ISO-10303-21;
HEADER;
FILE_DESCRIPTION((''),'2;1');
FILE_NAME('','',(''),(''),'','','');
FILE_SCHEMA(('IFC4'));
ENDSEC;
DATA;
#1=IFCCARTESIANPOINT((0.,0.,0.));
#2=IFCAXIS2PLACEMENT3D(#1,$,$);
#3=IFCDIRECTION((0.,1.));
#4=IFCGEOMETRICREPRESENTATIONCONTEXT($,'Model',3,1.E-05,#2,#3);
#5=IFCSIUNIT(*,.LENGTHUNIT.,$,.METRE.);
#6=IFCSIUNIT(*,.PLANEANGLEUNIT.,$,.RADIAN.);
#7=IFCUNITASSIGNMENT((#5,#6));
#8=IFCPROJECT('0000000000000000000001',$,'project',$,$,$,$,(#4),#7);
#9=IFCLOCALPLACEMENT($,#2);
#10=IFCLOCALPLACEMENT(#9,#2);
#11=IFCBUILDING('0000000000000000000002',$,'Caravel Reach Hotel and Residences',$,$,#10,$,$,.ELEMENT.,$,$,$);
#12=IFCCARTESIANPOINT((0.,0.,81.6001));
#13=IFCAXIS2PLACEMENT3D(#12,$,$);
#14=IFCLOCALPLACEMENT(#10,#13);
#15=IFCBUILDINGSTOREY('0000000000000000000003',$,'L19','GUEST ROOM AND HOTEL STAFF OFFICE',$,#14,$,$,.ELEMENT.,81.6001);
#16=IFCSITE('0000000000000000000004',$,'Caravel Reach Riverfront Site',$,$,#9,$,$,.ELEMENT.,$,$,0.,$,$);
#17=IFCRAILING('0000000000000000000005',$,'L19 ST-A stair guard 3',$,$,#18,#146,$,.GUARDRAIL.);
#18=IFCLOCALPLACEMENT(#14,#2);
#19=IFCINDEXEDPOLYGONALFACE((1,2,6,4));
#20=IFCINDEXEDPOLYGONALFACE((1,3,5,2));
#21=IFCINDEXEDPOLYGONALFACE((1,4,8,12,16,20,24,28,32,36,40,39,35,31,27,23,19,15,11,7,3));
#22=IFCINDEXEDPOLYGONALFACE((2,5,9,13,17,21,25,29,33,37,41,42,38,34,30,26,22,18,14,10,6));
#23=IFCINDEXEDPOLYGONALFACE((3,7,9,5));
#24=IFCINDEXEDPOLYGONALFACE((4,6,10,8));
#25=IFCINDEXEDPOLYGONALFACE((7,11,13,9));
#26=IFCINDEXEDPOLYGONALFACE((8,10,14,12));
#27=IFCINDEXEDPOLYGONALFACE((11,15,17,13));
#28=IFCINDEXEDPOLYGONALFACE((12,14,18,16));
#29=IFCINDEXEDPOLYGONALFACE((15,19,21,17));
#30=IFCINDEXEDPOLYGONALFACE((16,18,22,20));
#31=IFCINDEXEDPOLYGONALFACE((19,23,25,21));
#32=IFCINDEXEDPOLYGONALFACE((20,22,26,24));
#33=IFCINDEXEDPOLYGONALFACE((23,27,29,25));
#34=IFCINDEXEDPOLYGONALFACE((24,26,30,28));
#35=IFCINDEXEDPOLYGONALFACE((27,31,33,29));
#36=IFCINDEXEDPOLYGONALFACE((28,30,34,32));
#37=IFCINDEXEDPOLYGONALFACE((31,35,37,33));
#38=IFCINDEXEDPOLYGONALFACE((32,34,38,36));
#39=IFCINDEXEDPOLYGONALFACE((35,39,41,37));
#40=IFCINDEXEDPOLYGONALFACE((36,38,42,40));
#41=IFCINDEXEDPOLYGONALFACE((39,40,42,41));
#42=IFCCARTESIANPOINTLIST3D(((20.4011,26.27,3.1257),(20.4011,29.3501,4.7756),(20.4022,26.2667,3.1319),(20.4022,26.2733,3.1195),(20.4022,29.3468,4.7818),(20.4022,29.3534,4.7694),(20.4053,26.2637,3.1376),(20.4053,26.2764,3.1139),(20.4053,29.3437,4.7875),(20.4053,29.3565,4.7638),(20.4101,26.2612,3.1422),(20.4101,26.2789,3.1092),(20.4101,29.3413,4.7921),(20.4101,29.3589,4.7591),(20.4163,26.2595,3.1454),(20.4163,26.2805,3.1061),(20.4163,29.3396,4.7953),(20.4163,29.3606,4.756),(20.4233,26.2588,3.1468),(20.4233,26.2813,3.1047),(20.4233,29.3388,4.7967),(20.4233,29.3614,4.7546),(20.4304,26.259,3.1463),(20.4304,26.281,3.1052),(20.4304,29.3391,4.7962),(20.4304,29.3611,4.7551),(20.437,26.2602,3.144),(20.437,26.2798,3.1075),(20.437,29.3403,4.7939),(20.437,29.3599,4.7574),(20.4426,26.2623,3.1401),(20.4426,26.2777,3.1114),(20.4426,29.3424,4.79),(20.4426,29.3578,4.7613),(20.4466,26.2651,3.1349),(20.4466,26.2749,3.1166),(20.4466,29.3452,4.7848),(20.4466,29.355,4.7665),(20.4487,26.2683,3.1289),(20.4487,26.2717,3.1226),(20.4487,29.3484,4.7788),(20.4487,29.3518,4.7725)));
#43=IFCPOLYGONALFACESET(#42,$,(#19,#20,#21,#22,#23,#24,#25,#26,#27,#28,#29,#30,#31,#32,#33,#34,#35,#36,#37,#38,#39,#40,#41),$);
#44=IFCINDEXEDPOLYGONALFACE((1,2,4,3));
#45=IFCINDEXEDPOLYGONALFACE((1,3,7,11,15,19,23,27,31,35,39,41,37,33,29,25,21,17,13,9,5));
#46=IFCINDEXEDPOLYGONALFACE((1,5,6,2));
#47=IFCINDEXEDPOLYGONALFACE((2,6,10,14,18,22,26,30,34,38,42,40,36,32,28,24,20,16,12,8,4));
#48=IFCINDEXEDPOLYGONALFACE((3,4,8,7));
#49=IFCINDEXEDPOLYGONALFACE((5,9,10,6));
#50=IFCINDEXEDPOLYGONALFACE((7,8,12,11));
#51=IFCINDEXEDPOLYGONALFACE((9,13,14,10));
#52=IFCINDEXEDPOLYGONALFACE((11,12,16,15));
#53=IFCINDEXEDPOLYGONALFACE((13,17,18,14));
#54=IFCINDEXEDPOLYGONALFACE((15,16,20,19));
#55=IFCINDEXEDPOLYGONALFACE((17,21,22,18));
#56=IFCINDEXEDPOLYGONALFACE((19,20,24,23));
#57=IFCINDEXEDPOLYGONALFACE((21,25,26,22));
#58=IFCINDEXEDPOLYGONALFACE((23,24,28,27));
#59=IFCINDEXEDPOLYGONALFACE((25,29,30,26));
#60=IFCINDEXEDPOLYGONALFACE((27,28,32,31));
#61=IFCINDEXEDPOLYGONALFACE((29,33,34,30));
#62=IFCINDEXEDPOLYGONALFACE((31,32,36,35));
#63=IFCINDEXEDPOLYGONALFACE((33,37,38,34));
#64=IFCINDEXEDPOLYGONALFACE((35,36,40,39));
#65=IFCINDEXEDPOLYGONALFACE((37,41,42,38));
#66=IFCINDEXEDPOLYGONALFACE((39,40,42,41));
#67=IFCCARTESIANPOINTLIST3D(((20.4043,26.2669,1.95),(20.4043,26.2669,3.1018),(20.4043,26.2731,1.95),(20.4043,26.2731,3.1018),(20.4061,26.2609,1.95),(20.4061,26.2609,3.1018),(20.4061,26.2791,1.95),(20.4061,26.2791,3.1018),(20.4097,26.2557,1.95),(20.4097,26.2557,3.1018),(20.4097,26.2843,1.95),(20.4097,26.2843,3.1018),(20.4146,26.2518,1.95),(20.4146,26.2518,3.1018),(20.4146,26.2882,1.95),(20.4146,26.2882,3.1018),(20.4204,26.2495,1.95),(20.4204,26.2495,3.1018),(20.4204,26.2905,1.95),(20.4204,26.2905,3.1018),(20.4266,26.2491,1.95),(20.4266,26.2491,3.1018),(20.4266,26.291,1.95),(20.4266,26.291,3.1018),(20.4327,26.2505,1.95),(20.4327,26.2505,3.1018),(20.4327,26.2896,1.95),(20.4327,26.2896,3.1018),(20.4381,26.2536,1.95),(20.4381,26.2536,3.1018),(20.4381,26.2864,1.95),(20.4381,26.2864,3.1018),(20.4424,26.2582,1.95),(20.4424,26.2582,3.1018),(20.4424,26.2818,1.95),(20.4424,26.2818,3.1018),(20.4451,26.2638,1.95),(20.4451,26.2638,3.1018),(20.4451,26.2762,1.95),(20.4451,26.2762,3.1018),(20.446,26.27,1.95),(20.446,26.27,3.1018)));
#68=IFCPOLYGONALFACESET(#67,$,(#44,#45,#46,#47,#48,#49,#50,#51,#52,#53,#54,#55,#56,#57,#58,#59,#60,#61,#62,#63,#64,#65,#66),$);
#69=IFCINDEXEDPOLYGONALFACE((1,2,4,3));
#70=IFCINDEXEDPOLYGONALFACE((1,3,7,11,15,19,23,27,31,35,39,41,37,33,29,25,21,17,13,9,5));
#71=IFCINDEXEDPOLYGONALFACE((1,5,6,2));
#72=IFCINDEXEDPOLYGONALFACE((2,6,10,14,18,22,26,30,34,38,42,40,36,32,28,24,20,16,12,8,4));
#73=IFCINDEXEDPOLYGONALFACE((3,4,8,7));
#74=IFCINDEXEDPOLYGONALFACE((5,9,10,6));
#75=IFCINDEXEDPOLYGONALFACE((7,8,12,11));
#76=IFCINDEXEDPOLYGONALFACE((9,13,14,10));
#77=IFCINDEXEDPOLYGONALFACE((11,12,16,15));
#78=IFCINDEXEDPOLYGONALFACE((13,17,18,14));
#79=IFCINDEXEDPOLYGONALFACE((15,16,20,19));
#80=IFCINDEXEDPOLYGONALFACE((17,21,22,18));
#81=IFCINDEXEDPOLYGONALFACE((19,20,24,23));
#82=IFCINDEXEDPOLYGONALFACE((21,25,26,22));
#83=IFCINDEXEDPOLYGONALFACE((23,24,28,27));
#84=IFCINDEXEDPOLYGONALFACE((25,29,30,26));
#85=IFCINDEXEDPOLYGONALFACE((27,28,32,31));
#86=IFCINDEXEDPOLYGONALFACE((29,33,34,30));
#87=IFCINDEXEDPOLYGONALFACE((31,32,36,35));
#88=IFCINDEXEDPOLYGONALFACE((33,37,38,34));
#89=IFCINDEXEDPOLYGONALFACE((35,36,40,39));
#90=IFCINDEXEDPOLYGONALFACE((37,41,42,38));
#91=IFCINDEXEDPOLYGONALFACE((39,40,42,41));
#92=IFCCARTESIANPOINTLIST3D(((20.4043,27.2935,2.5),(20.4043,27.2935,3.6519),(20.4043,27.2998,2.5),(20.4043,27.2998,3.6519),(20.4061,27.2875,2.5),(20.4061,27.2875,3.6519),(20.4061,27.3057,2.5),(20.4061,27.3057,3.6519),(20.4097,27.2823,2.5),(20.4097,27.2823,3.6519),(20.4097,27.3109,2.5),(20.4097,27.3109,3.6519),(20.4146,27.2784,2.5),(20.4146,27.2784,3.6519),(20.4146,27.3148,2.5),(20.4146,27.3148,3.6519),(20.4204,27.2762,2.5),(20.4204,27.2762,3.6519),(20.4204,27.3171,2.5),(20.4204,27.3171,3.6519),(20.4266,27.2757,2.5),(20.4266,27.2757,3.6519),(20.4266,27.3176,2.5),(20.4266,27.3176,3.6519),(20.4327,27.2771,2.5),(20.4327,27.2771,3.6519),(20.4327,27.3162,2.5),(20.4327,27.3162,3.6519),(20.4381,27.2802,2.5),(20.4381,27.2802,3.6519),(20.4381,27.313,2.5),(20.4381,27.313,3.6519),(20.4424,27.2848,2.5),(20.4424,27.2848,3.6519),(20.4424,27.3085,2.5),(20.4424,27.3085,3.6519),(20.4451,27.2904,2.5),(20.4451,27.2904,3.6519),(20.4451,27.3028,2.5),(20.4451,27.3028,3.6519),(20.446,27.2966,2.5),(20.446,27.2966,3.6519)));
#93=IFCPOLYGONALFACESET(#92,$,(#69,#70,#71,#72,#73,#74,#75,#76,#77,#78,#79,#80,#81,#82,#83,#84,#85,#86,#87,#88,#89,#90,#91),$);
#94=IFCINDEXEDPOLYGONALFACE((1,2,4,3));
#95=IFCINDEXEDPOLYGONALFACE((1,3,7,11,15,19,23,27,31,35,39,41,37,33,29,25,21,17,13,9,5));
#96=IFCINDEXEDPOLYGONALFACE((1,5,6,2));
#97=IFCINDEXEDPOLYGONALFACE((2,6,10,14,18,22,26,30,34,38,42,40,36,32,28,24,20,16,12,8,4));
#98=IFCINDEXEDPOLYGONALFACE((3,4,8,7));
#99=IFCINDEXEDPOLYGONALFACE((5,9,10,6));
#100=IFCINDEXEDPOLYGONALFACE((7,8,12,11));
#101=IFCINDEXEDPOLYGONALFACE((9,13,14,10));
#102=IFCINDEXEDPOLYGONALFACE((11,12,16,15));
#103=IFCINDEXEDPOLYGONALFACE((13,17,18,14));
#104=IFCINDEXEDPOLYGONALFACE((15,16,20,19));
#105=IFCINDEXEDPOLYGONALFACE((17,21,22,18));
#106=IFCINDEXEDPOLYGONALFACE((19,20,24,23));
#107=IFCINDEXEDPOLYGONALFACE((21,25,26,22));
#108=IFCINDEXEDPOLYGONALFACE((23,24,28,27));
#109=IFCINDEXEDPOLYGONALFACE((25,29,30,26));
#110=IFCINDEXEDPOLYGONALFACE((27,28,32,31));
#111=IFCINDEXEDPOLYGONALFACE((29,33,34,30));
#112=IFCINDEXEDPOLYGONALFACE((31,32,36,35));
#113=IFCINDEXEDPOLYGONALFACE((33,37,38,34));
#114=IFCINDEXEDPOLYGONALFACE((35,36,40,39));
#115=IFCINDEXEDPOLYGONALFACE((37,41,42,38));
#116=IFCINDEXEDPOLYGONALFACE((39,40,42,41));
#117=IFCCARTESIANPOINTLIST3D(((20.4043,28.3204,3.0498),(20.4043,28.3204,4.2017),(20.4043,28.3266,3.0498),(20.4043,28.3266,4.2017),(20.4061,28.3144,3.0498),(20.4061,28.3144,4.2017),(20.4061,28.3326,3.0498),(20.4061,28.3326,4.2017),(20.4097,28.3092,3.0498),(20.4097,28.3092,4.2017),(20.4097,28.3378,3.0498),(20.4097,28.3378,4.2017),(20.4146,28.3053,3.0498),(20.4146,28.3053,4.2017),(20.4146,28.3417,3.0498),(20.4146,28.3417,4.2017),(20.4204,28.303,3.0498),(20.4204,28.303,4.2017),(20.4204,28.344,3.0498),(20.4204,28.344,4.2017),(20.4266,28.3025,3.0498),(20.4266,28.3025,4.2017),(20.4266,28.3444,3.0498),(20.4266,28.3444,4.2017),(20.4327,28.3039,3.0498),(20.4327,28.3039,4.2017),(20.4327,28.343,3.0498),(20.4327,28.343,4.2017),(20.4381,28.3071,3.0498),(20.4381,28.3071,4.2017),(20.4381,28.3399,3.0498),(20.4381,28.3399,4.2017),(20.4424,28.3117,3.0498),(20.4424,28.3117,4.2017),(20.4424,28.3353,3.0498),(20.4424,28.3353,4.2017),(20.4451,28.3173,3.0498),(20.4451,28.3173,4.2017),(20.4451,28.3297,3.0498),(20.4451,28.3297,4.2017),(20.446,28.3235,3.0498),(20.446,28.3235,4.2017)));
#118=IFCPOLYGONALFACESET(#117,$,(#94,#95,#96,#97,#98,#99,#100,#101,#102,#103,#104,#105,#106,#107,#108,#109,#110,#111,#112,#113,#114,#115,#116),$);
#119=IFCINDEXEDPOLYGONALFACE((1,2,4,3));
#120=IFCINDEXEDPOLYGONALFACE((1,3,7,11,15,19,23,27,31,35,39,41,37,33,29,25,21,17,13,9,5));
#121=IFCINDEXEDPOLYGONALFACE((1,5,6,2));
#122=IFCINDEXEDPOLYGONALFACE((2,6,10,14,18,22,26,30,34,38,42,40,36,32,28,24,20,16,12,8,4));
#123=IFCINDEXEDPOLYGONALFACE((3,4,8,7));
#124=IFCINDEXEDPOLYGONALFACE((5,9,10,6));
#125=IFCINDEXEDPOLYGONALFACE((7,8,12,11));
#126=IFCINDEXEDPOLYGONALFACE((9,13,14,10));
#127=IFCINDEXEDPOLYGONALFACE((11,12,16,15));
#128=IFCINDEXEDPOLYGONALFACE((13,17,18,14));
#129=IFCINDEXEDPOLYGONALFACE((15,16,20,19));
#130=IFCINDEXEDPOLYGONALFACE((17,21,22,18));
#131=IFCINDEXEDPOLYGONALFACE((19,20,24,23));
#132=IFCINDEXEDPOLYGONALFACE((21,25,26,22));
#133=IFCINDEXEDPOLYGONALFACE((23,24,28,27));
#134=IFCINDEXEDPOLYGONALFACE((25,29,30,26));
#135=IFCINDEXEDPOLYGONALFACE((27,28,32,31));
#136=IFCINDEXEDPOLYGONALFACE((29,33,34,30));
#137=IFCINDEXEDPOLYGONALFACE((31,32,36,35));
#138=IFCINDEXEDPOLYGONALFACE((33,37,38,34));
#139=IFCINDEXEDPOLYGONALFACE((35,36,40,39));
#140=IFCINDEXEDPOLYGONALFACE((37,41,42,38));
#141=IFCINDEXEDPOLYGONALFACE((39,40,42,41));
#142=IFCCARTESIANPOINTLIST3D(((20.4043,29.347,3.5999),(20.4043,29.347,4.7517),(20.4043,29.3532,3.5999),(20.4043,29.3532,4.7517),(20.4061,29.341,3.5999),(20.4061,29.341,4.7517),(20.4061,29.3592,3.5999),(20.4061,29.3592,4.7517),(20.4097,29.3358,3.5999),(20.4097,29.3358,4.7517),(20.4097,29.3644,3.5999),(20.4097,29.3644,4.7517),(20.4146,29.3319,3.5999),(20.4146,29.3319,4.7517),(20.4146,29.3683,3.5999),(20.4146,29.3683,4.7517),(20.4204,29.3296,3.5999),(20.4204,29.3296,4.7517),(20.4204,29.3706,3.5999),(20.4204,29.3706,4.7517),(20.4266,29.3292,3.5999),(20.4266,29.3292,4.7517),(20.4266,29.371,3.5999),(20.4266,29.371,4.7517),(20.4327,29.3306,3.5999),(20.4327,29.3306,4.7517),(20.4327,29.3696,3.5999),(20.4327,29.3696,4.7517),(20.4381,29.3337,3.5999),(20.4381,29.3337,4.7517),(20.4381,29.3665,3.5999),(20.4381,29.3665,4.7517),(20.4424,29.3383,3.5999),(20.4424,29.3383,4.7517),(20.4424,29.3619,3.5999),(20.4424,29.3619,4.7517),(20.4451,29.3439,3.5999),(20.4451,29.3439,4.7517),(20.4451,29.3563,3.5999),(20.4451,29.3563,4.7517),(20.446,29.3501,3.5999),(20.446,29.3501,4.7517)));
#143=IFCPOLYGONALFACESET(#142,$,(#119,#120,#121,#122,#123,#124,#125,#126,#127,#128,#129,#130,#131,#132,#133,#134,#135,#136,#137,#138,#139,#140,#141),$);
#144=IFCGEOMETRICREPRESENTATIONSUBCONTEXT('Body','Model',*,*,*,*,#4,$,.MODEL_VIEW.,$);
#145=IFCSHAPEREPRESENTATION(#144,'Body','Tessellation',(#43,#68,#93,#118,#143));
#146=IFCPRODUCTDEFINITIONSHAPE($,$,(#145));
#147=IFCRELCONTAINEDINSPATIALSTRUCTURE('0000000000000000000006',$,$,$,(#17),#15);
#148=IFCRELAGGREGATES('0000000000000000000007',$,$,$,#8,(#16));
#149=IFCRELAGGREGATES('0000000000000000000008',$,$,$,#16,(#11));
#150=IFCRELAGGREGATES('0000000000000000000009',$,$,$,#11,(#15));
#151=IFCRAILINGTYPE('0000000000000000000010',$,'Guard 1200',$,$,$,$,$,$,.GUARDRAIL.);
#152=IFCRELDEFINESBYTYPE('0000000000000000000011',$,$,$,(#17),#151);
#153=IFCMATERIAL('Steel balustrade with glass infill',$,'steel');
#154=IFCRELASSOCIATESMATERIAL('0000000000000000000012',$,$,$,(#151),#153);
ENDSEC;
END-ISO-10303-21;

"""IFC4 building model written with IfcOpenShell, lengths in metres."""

from ifc_helpers import new_model, si_unit, direction, frame, origin, origin_2d, place, context, subcontext, project, spatial, circle, extrude, material, type_object, element, save


model = new_model("IFC4")

# Units and contexts
model_context = context("Model", 3, precision=1e-05, world=origin(), true_north=direction((0.0, 1.0)))
body_context = subcontext(model_context, "Body", "Model", "MODEL_VIEW")
ifc_project = project(units=[si_unit("LENGTHUNIT", "METRE"), si_unit("PLANEANGLEUNIT", "RADIAN")], contexts=[model_context])

# Site, building, storey
site_placement = place(None, origin())
site = spatial("IfcSite", under=ifc_project, at=site_placement, Name="Caravel Reach Riverfront Site", CompositionType="ELEMENT", RefElevation=0.0)
building_placement = place(site_placement, origin())
building = spatial("IfcBuilding", under=site, at=building_placement, Name="Caravel Reach Hotel and Residences", CompositionType="ELEMENT")
storey_placement = place(building_placement, frame((0.0, 0.0, 81.6001)))
storey = spatial("IfcBuildingStorey", under=building, at=storey_placement, Name="L19", Description="GUEST ROOM AND HOTEL STAFF OFFICE", CompositionType="ELEMENT", Elevation=81.6001)

# Railing
ifc_material_1 = material(Name="Steel balustrade with glass infill", Category="steel")
railing_type_1 = type_object("IfcRailingType", Name="Guard 1200", PredefinedType="GUARDRAIL", material=ifc_material_1)
railing_1_placement = place(storey_placement, frame((20.425, 26.27, 1.95)))
element("IfcRailing", 1, at=railing_1_placement, inside=storey, type_object=railing_type_1, Name="L19 ST-A stair guard 3", PredefinedType="GUARDRAIL", context=body_context, shape_type="SweptSolid", body=[
    extrude(circle(Radius=0.0239, at=origin_2d()), frame((0.0, 0.0, 1.1758), z_axis=(0.0, 0.881497, 0.47219), x_axis=(-1.0, 0.0, 0.0)), (0.0, 0.0, 1.0), 3.4941),
    extrude(circle(Radius=0.021, at=origin_2d()), origin(), (0.0, 0.0, 1.0), 1.1519),
    extrude(circle(Radius=0.021, at=origin_2d()), frame((0.0, 1.0266, 0.55)), (0.0, 0.0, 1.0), 1.1519),
    extrude(circle(Radius=0.021, at=origin_2d()), frame((0.0, 2.0535, 1.0999)), (0.0, 0.0, 1.0), 1.1519),
    extrude(circle(Radius=0.021, at=origin_2d()), frame((0.0, 3.0801, 1.6499)), (0.0, 0.0, 1.0), 1.1519),
])

save(model, "model.ifc")
